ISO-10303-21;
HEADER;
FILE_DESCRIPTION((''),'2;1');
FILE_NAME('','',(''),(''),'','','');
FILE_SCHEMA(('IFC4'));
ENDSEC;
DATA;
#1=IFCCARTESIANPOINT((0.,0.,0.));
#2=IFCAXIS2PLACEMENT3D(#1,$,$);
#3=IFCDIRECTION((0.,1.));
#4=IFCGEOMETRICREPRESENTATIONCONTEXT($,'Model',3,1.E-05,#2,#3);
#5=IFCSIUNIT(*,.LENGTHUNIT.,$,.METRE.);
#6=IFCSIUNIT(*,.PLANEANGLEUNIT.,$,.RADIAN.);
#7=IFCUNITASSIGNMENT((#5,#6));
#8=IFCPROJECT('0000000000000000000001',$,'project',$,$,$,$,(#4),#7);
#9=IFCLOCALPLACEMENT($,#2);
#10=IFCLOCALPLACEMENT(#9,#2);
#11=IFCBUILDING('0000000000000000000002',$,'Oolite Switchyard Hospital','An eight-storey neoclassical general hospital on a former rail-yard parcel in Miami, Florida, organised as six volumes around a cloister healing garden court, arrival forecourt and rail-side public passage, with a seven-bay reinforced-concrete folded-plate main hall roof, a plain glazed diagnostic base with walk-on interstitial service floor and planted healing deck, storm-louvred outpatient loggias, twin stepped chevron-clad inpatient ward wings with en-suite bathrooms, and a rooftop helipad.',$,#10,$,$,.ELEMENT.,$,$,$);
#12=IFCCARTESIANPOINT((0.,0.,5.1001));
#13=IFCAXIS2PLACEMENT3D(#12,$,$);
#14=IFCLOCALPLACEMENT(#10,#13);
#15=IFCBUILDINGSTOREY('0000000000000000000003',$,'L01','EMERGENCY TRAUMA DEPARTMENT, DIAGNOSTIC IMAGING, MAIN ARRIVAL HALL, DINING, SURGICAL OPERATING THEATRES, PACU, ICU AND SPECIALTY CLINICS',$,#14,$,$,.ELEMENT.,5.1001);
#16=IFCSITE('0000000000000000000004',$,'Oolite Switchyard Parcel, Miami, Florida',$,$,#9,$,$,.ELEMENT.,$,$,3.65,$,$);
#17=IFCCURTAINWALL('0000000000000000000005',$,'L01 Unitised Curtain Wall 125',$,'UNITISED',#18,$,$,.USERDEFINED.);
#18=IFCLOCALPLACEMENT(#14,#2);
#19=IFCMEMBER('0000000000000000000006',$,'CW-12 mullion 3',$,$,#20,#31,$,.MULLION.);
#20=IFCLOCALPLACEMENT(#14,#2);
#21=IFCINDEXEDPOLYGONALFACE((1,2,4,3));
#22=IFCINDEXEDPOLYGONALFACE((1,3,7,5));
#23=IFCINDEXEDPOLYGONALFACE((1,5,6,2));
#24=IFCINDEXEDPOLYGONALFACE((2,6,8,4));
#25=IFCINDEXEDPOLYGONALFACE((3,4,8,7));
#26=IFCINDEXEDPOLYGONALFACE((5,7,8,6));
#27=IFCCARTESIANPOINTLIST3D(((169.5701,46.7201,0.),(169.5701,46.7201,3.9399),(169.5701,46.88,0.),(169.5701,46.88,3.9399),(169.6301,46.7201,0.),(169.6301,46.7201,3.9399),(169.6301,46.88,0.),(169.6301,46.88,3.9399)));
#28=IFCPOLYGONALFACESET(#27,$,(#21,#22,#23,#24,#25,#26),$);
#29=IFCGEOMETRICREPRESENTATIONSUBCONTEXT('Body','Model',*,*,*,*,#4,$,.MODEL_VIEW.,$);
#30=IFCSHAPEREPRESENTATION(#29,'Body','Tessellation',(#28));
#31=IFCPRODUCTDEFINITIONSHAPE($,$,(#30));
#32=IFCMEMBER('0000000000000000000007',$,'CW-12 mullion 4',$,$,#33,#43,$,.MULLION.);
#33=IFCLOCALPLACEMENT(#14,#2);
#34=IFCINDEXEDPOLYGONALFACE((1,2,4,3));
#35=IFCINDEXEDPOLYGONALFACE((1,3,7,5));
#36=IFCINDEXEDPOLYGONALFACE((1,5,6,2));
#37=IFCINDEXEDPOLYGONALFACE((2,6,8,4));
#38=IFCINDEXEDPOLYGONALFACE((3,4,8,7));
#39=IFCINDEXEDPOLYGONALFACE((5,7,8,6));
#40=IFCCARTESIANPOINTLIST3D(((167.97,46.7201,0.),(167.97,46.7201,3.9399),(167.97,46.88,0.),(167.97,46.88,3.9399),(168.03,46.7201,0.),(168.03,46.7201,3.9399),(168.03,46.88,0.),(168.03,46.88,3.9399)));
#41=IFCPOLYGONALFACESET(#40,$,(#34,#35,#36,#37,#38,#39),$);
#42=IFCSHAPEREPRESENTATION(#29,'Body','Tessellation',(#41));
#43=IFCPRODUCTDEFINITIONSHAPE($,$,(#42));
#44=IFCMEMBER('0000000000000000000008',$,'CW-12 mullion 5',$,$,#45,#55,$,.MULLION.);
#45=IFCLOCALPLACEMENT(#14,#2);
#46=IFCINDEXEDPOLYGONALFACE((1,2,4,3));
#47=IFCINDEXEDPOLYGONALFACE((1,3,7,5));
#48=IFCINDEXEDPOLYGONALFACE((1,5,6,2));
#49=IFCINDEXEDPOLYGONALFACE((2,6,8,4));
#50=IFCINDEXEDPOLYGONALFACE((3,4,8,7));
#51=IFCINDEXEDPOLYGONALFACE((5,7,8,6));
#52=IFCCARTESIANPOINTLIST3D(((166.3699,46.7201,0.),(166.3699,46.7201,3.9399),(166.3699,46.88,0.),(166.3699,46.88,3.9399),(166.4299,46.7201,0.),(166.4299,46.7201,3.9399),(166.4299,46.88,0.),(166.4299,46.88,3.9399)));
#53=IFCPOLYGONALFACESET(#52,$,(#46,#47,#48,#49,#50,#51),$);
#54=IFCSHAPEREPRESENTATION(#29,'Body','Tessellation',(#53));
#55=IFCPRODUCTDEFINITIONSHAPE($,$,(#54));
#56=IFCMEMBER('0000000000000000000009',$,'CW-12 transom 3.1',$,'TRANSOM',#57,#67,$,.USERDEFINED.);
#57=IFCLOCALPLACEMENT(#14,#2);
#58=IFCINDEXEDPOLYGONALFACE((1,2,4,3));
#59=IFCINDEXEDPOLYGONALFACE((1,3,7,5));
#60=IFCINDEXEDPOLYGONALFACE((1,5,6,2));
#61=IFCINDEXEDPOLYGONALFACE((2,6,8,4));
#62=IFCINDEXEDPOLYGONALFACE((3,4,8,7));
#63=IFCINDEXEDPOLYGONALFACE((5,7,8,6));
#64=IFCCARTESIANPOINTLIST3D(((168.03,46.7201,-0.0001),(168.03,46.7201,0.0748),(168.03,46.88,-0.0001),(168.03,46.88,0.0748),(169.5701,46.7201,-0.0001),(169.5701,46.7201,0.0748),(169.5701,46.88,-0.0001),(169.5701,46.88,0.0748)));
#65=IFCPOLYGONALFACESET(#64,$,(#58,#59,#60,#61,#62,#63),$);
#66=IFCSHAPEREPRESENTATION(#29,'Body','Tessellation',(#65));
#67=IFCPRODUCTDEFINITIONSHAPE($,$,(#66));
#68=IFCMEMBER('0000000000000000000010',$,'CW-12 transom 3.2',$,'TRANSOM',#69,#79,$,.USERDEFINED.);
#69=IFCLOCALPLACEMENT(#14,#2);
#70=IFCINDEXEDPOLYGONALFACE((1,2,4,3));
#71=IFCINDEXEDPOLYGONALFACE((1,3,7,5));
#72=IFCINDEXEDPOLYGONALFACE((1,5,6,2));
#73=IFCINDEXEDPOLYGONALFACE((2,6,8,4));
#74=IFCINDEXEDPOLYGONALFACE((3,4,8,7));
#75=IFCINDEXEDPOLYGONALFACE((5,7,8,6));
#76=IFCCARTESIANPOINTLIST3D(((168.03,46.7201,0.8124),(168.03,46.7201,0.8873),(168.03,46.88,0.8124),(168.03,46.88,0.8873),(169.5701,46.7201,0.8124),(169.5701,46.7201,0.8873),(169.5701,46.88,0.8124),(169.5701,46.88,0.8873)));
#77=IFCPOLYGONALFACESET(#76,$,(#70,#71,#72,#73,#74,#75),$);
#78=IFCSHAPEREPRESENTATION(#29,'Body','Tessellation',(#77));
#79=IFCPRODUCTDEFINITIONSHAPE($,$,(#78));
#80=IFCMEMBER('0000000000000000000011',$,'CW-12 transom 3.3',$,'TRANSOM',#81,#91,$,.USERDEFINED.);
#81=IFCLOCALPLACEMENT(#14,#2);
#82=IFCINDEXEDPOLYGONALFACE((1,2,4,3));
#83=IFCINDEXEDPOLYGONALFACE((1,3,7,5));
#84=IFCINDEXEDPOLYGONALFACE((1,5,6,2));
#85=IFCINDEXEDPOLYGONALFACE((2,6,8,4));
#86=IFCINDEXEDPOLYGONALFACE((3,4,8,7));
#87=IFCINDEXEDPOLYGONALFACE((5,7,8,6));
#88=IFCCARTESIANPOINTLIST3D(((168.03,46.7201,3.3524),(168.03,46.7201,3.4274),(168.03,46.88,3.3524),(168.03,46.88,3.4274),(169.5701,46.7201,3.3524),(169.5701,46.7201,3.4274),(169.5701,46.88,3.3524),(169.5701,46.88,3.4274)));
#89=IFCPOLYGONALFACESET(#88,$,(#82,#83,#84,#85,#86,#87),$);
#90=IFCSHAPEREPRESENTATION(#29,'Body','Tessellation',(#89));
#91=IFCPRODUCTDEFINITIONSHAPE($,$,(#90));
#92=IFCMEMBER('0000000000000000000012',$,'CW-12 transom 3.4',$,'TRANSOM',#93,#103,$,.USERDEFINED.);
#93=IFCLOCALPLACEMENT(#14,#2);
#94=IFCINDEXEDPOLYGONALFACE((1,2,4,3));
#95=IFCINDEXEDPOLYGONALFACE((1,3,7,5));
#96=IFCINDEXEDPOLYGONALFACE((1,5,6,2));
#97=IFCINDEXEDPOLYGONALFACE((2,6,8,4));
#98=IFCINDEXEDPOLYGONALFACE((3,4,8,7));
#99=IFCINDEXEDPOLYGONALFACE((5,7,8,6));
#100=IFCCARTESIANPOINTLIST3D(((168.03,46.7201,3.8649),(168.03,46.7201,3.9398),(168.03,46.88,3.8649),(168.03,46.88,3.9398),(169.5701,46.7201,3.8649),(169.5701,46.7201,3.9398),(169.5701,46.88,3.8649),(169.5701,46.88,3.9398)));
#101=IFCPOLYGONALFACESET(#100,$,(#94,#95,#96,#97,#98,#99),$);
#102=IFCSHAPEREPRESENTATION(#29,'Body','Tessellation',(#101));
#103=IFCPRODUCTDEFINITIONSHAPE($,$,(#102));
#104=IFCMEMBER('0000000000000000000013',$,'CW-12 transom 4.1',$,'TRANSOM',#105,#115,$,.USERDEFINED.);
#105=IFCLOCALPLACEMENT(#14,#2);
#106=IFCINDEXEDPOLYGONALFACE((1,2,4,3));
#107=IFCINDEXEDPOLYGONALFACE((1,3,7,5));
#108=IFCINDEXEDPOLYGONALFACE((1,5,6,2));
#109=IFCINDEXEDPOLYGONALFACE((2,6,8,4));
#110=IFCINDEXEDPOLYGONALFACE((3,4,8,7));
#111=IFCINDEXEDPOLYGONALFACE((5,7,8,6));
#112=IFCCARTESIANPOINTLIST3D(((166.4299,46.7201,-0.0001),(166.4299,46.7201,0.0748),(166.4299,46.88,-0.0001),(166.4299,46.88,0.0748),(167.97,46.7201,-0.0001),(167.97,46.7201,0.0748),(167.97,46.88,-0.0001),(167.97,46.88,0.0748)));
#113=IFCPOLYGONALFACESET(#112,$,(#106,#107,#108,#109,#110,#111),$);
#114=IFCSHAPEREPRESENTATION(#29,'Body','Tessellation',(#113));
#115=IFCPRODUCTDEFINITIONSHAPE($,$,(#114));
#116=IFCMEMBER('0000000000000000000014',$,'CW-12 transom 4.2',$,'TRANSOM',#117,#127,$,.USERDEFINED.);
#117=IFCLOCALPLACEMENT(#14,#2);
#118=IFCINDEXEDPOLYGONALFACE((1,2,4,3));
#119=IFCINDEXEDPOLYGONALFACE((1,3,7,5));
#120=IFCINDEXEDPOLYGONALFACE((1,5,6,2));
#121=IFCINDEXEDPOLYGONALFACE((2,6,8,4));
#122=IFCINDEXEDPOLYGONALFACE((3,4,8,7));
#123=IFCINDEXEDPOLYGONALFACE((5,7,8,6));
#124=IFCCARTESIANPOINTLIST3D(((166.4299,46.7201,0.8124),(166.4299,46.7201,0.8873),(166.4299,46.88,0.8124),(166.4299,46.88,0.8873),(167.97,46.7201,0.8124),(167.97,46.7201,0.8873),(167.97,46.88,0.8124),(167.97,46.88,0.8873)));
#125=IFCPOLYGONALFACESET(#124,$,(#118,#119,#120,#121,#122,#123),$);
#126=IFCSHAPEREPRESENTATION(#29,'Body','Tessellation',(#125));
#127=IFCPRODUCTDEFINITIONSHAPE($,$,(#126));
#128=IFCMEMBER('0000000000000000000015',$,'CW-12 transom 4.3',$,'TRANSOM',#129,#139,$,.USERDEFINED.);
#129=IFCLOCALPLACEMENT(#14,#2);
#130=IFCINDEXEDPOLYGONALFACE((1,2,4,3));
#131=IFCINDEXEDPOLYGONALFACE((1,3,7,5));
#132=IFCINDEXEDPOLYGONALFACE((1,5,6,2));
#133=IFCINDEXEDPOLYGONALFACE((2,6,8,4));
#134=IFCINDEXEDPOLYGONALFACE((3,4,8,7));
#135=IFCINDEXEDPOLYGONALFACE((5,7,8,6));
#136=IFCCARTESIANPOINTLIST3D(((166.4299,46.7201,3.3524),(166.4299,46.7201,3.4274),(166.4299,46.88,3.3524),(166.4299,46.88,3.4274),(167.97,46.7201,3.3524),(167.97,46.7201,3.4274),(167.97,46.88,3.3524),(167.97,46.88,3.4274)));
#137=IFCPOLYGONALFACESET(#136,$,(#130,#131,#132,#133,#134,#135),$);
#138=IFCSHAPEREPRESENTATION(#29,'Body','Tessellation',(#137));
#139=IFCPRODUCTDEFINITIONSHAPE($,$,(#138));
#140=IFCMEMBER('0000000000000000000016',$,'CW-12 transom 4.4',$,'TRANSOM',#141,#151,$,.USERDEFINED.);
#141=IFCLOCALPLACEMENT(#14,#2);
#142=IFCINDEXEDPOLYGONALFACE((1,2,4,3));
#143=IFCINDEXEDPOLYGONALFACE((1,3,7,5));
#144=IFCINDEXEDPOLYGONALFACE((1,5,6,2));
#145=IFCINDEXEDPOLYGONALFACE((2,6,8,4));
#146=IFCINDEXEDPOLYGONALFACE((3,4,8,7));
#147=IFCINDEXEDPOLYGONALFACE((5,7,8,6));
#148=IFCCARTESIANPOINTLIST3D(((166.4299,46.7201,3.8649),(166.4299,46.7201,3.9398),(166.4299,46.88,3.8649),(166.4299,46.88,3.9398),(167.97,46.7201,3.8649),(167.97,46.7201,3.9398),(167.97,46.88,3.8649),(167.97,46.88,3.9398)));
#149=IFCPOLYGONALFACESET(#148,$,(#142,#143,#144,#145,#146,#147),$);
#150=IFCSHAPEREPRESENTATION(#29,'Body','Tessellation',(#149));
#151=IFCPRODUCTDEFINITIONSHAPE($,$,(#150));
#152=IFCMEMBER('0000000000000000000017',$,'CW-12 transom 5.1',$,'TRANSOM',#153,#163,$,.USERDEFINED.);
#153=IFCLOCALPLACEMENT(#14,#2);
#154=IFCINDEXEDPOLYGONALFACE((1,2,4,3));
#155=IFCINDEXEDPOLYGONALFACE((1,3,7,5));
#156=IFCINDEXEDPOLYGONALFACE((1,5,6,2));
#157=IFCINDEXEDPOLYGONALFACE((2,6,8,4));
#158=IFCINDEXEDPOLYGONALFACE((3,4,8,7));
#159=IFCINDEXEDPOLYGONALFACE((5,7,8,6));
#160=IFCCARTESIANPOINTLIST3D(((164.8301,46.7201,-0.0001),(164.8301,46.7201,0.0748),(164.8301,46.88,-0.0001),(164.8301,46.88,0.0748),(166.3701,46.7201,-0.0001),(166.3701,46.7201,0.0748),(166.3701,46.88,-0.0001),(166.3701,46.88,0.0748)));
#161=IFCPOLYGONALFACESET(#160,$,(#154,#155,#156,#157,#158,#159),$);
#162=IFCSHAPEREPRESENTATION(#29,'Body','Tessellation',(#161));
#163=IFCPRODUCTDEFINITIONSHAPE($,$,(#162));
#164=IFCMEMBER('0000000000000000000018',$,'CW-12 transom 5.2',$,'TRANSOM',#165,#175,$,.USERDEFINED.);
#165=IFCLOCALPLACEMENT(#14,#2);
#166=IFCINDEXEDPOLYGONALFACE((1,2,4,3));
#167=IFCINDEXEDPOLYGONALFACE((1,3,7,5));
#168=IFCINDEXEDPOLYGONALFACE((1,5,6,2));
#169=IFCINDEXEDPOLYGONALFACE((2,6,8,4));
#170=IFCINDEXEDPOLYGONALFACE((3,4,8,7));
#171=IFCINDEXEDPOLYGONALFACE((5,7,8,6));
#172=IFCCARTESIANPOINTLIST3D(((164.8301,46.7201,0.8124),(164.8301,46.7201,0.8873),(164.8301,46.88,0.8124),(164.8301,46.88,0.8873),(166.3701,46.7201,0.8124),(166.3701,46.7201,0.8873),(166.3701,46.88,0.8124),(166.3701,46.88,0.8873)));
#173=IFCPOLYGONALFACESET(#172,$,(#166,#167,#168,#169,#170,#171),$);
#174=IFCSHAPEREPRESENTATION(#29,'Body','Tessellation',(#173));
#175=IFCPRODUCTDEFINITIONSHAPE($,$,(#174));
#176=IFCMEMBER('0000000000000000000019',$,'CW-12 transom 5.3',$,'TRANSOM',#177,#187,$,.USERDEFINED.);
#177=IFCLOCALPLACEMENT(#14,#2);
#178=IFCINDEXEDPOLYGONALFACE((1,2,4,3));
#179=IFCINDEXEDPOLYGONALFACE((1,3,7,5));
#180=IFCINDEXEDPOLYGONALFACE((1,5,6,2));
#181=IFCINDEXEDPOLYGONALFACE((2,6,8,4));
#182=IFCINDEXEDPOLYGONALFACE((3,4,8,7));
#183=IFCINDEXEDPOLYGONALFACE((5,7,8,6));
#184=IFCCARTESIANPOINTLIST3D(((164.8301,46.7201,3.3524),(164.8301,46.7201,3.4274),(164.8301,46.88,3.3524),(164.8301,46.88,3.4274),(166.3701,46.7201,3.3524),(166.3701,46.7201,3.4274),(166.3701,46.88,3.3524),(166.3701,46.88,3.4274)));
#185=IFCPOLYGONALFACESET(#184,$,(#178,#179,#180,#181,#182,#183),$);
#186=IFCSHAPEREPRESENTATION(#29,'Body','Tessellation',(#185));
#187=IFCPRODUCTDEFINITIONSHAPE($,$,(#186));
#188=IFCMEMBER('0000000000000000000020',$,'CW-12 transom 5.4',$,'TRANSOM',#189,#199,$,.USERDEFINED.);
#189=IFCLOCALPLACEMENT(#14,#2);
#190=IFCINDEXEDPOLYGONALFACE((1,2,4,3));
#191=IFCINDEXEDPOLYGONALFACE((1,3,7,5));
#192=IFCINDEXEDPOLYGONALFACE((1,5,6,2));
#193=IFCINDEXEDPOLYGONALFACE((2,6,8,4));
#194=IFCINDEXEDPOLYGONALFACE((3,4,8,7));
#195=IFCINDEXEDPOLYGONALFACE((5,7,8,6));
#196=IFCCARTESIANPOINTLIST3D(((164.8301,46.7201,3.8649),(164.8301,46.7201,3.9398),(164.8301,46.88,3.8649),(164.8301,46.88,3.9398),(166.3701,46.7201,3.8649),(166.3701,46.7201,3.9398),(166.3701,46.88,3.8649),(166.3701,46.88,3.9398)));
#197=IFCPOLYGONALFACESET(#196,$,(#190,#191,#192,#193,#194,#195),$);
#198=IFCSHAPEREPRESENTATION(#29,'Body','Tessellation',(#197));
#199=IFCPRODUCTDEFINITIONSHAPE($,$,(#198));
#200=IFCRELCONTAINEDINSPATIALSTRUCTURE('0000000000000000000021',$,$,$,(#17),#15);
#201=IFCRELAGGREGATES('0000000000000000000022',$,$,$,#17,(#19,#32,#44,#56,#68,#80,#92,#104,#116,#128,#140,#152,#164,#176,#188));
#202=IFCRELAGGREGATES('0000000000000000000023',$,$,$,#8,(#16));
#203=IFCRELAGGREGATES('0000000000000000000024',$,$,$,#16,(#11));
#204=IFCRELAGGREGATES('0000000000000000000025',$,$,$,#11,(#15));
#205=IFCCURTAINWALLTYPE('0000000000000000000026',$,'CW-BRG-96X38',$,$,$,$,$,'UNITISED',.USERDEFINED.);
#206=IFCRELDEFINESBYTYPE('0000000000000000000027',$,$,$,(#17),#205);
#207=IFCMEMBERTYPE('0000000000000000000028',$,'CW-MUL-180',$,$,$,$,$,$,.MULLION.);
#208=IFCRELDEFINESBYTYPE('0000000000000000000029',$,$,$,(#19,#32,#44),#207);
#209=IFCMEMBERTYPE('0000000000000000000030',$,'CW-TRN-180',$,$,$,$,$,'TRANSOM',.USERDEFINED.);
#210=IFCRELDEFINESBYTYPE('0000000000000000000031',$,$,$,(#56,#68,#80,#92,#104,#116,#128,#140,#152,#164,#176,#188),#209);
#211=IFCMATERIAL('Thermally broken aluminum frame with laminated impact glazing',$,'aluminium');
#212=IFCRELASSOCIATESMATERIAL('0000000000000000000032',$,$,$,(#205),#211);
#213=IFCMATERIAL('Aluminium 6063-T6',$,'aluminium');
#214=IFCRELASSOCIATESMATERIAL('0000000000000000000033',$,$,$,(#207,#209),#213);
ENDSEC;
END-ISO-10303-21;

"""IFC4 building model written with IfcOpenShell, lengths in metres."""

from ifc_helpers import new_model, si_unit, direction, frame, origin, origin_2d, place, context, subcontext, project, spatial, rectangle, extrude, material, material_profile, profile_set, type_object, element, aggregate, save


model = new_model("IFC4")

# Units and contexts
model_context = context("Model", 3, precision=1e-05, world=origin(), true_north=direction((0.0, 1.0)))
body_context = subcontext(model_context, "Body", "Model", "MODEL_VIEW")
ifc_project = project(units=[si_unit("LENGTHUNIT", "METRE"), si_unit("PLANEANGLEUNIT", "RADIAN")], contexts=[model_context])

# Site, building, storey
site_placement = place(None, origin())
site = spatial("IfcSite", under=ifc_project, at=site_placement, Name="Oolite Switchyard Parcel, Miami, Florida", CompositionType="ELEMENT", RefElevation=3.65)
building_placement = place(site_placement, origin())
building = spatial("IfcBuilding", under=site, at=building_placement, Name="Oolite Switchyard Hospital", Description="An eight-storey neoclassical general hospital on a former rail-yard parcel in Miami, Florida, organised as six volumes around a cloister healing garden court, arrival forecourt and rail-side public passage, with a seven-bay reinforced-concrete folded-plate main hall roof, a plain glazed diagnostic base with walk-on interstitial service floor and planted healing deck, storm-louvred outpatient loggias, twin stepped chevron-clad inpatient ward wings with en-suite bathrooms, and a rooftop helipad.", CompositionType="ELEMENT")
storey_placement = place(building_placement, frame((0.0, 0.0, 5.1001)))
storey = spatial("IfcBuildingStorey", under=building, at=storey_placement, Name="L01", Description="EMERGENCY TRAUMA DEPARTMENT, DIAGNOSTIC IMAGING, MAIN ARRIVAL HALL, DINING, SURGICAL OPERATING THEATRES, PACU, ICU AND SPECIALTY CLINICS", CompositionType="ELEMENT", Elevation=5.1001)

# Curtain wall, members
ifc_material_1 = material(Name="Thermally broken aluminum frame with laminated impact glazing", Category="aluminium")
curtain_wall_type = type_object("IfcCurtainWallType", Name="CW-BRG-96X38", ElementType="UNITISED", PredefinedType="USERDEFINED", material=ifc_material_1)
curtain_wall_placement = place(storey_placement, origin())
curtain_wall = element("IfcCurtainWall", 1, at=curtain_wall_placement, inside=storey, type_object=curtain_wall_type, Name="L01 Unitised Curtain Wall 125", ObjectType="UNITISED", PredefinedType="USERDEFINED")
ifc_material_2 = material(Name="Aluminium 6063-T6", Category="aluminium")
ifc_material_profile_1 = material_profile(ifc_material_2, rectangle(XDim=0.1599, YDim=0.0601, at=origin_2d()), Name="CWM60X160")
ifc_profile_set_1 = profile_set([ifc_material_profile_1], Name="Aluminium 6063-T6")
member_type_1 = type_object("IfcMemberType", Name="CW-MUL-180", PredefinedType="MULLION", material=ifc_profile_set_1)
member_1_placement = place(storey_placement, frame((169.6001, 46.8, 0.0), z_axis=(0.0, 0.0, 1.0), x_axis=(0.0, -1.0, 0.0)))
member_1 = element("IfcMember", 2, at=member_1_placement, type_object=member_type_1, Name="CW-12 mullion 3", PredefinedType="MULLION", context=body_context, shape_type="SweptSolid", body=[
    extrude(rectangle(XDim=0.1599, YDim=0.0601, at=origin_2d()), origin(), (0.0, 0.0, 1.0), 3.9399),
])
member_2_placement = place(storey_placement, frame((168.0, 46.8, 0.0), z_axis=(0.0, 0.0, 1.0), x_axis=(0.0, -1.0, 0.0)))
member_2 = element("IfcMember", 3, at=member_2_placement, type_object=member_type_1, Name="CW-12 mullion 4", PredefinedType="MULLION", context=body_context, shape_type="SweptSolid", body=[
    extrude(rectangle(XDim=0.1599, YDim=0.0601, at=origin_2d()), origin(), (0.0, 0.0, 1.0), 3.9399),
])
member_3_placement = place(storey_placement, frame((166.3999, 46.8, 0.0), z_axis=(0.0, 0.0, 1.0), x_axis=(0.0, -1.0, 0.0)))
member_3 = element("IfcMember", 4, at=member_3_placement, type_object=member_type_1, Name="CW-12 mullion 5", PredefinedType="MULLION", context=body_context, shape_type="SweptSolid", body=[
    extrude(rectangle(XDim=0.1599, YDim=0.0601, at=origin_2d()), origin(), (0.0, 0.0, 1.0), 3.9399),
])
ifc_material_profile_2 = material_profile(ifc_material_2, rectangle(XDim=0.1599, YDim=0.075, at=origin_2d()), Name="CWT75X160")
ifc_profile_set_2 = profile_set([ifc_material_profile_2], Name="Aluminium 6063-T6")
member_type_2 = type_object("IfcMemberType", Name="CW-TRN-180", ElementType="TRANSOM", PredefinedType="USERDEFINED", material=ifc_profile_set_2)
member_4_placement = place(storey_placement, frame((169.5701, 46.8, 0.0374), z_axis=(-1.0, 0.0, 0.0), x_axis=(0.0, -1.0, 0.0)))
member_4 = element("IfcMember", 5, at=member_4_placement, type_object=member_type_2, Name="CW-12 transom 3.1", ObjectType="TRANSOM", PredefinedType="USERDEFINED", context=body_context, shape_type="SweptSolid", body=[
    extrude(rectangle(XDim=0.1599, YDim=0.075, at=origin_2d()), origin(), (0.0, 0.0, 1.0), 1.54),
])
member_5_placement = place(storey_placement, frame((169.5701, 46.8, 0.8499), z_axis=(-1.0, 0.0, 0.0), x_axis=(0.0, -1.0, 0.0)))
member_5 = element("IfcMember", 6, at=member_5_placement, type_object=member_type_2, Name="CW-12 transom 3.2", ObjectType="TRANSOM", PredefinedType="USERDEFINED", context=body_context, shape_type="SweptSolid", body=[
    extrude(rectangle(XDim=0.1599, YDim=0.075, at=origin_2d()), origin(), (0.0, 0.0, 1.0), 1.54),
])
member_6_placement = place(storey_placement, frame((169.5701, 46.8, 3.3899), z_axis=(-1.0, 0.0, 0.0), x_axis=(0.0, -1.0, 0.0)))
member_6 = element("IfcMember", 7, at=member_6_placement, type_object=member_type_2, Name="CW-12 transom 3.3", ObjectType="TRANSOM", PredefinedType="USERDEFINED", context=body_context, shape_type="SweptSolid", body=[
    extrude(rectangle(XDim=0.1599, YDim=0.075, at=origin_2d()), origin(), (0.0, 0.0, 1.0), 1.54),
])
member_7_placement = place(storey_placement, frame((169.5701, 46.8, 3.9023), z_axis=(-1.0, 0.0, 0.0), x_axis=(0.0, -1.0, 0.0)))
member_7 = element("IfcMember", 8, at=member_7_placement, type_object=member_type_2, Name="CW-12 transom 3.4", ObjectType="TRANSOM", PredefinedType="USERDEFINED", context=body_context, shape_type="SweptSolid", body=[
    extrude(rectangle(XDim=0.1599, YDim=0.075, at=origin_2d()), origin(), (0.0, 0.0, 1.0), 1.54),
])
member_8_placement = place(storey_placement, frame((167.97, 46.8, 0.0374), z_axis=(-1.0, 0.0, 0.0), x_axis=(0.0, -1.0, 0.0)))
member_8 = element("IfcMember", 9, at=member_8_placement, type_object=member_type_2, Name="CW-12 transom 4.1", ObjectType="TRANSOM", PredefinedType="USERDEFINED", context=body_context, shape_type="SweptSolid", body=[
    extrude(rectangle(XDim=0.1599, YDim=0.075, at=origin_2d()), origin(), (0.0, 0.0, 1.0), 1.54),
])
member_9_placement = place(storey_placement, frame((167.97, 46.8, 0.8499), z_axis=(-1.0, 0.0, 0.0), x_axis=(0.0, -1.0, 0.0)))
member_9 = element("IfcMember", 10, at=member_9_placement, type_object=member_type_2, Name="CW-12 transom 4.2", ObjectType="TRANSOM", PredefinedType="USERDEFINED", context=body_context, shape_type="SweptSolid", body=[
    extrude(rectangle(XDim=0.1599, YDim=0.075, at=origin_2d()), origin(), (0.0, 0.0, 1.0), 1.54),
])
member_10_placement = place(storey_placement, frame((167.97, 46.8, 3.3899), z_axis=(-1.0, 0.0, 0.0), x_axis=(0.0, -1.0, 0.0)))
member_10 = element("IfcMember", 11, at=member_10_placement, type_object=member_type_2, Name="CW-12 transom 4.3", ObjectType="TRANSOM", PredefinedType="USERDEFINED", context=body_context, shape_type="SweptSolid", body=[
    extrude(rectangle(XDim=0.1599, YDim=0.075, at=origin_2d()), origin(), (0.0, 0.0, 1.0), 1.54),
])
member_11_placement = place(storey_placement, frame((167.97, 46.8, 3.9023), z_axis=(-1.0, 0.0, 0.0), x_axis=(0.0, -1.0, 0.0)))
member_11 = element("IfcMember", 12, at=member_11_placement, type_object=member_type_2, Name="CW-12 transom 4.4", ObjectType="TRANSOM", PredefinedType="USERDEFINED", context=body_context, shape_type="SweptSolid", body=[
    extrude(rectangle(XDim=0.1599, YDim=0.075, at=origin_2d()), origin(), (0.0, 0.0, 1.0), 1.54),
])
member_12_placement = place(storey_placement, frame((166.3701, 46.8, 0.0374), z_axis=(-1.0, 0.0, 0.0), x_axis=(0.0, -1.0, 0.0)))
member_12 = element("IfcMember", 13, at=member_12_placement, type_object=member_type_2, Name="CW-12 transom 5.1", ObjectType="TRANSOM", PredefinedType="USERDEFINED", context=body_context, shape_type="SweptSolid", body=[
    extrude(rectangle(XDim=0.1599, YDim=0.075, at=origin_2d()), origin(), (0.0, 0.0, 1.0), 1.54),
])
member_13_placement = place(storey_placement, frame((166.3701, 46.8, 0.8499), z_axis=(-1.0, 0.0, 0.0), x_axis=(0.0, -1.0, 0.0)))
member_13 = element("IfcMember", 14, at=member_13_placement, type_object=member_type_2, Name="CW-12 transom 5.2", ObjectType="TRANSOM", PredefinedType="USERDEFINED", context=body_context, shape_type="SweptSolid", body=[
    extrude(rectangle(XDim=0.1599, YDim=0.075, at=origin_2d()), origin(), (0.0, 0.0, 1.0), 1.54),
])
member_14_placement = place(storey_placement, frame((166.3701, 46.8, 3.3899), z_axis=(-1.0, 0.0, 0.0), x_axis=(0.0, -1.0, 0.0)))
member_14 = element("IfcMember", 15, at=member_14_placement, type_object=member_type_2, Name="CW-12 transom 5.3", ObjectType="TRANSOM", PredefinedType="USERDEFINED", context=body_context, shape_type="SweptSolid", body=[
    extrude(rectangle(XDim=0.1599, YDim=0.075, at=origin_2d()), origin(), (0.0, 0.0, 1.0), 1.54),
])
member_15_placement = place(storey_placement, frame((166.3701, 46.8, 3.9023), z_axis=(-1.0, 0.0, 0.0), x_axis=(0.0, -1.0, 0.0)))
member_15 = element("IfcMember", 16, at=member_15_placement, type_object=member_type_2, Name="CW-12 transom 5.4", ObjectType="TRANSOM", PredefinedType="USERDEFINED", context=body_context, shape_type="SweptSolid", body=[
    extrude(rectangle(XDim=0.1599, YDim=0.075, at=origin_2d()), origin(), (0.0, 0.0, 1.0), 1.54),
])
aggregate(curtain_wall, [member_1, member_2, member_3, member_4, member_5, member_6, member_7, member_8, member_9, member_10, member_11, member_12, member_13, member_14, member_15])

save(model, "model.ifc")
